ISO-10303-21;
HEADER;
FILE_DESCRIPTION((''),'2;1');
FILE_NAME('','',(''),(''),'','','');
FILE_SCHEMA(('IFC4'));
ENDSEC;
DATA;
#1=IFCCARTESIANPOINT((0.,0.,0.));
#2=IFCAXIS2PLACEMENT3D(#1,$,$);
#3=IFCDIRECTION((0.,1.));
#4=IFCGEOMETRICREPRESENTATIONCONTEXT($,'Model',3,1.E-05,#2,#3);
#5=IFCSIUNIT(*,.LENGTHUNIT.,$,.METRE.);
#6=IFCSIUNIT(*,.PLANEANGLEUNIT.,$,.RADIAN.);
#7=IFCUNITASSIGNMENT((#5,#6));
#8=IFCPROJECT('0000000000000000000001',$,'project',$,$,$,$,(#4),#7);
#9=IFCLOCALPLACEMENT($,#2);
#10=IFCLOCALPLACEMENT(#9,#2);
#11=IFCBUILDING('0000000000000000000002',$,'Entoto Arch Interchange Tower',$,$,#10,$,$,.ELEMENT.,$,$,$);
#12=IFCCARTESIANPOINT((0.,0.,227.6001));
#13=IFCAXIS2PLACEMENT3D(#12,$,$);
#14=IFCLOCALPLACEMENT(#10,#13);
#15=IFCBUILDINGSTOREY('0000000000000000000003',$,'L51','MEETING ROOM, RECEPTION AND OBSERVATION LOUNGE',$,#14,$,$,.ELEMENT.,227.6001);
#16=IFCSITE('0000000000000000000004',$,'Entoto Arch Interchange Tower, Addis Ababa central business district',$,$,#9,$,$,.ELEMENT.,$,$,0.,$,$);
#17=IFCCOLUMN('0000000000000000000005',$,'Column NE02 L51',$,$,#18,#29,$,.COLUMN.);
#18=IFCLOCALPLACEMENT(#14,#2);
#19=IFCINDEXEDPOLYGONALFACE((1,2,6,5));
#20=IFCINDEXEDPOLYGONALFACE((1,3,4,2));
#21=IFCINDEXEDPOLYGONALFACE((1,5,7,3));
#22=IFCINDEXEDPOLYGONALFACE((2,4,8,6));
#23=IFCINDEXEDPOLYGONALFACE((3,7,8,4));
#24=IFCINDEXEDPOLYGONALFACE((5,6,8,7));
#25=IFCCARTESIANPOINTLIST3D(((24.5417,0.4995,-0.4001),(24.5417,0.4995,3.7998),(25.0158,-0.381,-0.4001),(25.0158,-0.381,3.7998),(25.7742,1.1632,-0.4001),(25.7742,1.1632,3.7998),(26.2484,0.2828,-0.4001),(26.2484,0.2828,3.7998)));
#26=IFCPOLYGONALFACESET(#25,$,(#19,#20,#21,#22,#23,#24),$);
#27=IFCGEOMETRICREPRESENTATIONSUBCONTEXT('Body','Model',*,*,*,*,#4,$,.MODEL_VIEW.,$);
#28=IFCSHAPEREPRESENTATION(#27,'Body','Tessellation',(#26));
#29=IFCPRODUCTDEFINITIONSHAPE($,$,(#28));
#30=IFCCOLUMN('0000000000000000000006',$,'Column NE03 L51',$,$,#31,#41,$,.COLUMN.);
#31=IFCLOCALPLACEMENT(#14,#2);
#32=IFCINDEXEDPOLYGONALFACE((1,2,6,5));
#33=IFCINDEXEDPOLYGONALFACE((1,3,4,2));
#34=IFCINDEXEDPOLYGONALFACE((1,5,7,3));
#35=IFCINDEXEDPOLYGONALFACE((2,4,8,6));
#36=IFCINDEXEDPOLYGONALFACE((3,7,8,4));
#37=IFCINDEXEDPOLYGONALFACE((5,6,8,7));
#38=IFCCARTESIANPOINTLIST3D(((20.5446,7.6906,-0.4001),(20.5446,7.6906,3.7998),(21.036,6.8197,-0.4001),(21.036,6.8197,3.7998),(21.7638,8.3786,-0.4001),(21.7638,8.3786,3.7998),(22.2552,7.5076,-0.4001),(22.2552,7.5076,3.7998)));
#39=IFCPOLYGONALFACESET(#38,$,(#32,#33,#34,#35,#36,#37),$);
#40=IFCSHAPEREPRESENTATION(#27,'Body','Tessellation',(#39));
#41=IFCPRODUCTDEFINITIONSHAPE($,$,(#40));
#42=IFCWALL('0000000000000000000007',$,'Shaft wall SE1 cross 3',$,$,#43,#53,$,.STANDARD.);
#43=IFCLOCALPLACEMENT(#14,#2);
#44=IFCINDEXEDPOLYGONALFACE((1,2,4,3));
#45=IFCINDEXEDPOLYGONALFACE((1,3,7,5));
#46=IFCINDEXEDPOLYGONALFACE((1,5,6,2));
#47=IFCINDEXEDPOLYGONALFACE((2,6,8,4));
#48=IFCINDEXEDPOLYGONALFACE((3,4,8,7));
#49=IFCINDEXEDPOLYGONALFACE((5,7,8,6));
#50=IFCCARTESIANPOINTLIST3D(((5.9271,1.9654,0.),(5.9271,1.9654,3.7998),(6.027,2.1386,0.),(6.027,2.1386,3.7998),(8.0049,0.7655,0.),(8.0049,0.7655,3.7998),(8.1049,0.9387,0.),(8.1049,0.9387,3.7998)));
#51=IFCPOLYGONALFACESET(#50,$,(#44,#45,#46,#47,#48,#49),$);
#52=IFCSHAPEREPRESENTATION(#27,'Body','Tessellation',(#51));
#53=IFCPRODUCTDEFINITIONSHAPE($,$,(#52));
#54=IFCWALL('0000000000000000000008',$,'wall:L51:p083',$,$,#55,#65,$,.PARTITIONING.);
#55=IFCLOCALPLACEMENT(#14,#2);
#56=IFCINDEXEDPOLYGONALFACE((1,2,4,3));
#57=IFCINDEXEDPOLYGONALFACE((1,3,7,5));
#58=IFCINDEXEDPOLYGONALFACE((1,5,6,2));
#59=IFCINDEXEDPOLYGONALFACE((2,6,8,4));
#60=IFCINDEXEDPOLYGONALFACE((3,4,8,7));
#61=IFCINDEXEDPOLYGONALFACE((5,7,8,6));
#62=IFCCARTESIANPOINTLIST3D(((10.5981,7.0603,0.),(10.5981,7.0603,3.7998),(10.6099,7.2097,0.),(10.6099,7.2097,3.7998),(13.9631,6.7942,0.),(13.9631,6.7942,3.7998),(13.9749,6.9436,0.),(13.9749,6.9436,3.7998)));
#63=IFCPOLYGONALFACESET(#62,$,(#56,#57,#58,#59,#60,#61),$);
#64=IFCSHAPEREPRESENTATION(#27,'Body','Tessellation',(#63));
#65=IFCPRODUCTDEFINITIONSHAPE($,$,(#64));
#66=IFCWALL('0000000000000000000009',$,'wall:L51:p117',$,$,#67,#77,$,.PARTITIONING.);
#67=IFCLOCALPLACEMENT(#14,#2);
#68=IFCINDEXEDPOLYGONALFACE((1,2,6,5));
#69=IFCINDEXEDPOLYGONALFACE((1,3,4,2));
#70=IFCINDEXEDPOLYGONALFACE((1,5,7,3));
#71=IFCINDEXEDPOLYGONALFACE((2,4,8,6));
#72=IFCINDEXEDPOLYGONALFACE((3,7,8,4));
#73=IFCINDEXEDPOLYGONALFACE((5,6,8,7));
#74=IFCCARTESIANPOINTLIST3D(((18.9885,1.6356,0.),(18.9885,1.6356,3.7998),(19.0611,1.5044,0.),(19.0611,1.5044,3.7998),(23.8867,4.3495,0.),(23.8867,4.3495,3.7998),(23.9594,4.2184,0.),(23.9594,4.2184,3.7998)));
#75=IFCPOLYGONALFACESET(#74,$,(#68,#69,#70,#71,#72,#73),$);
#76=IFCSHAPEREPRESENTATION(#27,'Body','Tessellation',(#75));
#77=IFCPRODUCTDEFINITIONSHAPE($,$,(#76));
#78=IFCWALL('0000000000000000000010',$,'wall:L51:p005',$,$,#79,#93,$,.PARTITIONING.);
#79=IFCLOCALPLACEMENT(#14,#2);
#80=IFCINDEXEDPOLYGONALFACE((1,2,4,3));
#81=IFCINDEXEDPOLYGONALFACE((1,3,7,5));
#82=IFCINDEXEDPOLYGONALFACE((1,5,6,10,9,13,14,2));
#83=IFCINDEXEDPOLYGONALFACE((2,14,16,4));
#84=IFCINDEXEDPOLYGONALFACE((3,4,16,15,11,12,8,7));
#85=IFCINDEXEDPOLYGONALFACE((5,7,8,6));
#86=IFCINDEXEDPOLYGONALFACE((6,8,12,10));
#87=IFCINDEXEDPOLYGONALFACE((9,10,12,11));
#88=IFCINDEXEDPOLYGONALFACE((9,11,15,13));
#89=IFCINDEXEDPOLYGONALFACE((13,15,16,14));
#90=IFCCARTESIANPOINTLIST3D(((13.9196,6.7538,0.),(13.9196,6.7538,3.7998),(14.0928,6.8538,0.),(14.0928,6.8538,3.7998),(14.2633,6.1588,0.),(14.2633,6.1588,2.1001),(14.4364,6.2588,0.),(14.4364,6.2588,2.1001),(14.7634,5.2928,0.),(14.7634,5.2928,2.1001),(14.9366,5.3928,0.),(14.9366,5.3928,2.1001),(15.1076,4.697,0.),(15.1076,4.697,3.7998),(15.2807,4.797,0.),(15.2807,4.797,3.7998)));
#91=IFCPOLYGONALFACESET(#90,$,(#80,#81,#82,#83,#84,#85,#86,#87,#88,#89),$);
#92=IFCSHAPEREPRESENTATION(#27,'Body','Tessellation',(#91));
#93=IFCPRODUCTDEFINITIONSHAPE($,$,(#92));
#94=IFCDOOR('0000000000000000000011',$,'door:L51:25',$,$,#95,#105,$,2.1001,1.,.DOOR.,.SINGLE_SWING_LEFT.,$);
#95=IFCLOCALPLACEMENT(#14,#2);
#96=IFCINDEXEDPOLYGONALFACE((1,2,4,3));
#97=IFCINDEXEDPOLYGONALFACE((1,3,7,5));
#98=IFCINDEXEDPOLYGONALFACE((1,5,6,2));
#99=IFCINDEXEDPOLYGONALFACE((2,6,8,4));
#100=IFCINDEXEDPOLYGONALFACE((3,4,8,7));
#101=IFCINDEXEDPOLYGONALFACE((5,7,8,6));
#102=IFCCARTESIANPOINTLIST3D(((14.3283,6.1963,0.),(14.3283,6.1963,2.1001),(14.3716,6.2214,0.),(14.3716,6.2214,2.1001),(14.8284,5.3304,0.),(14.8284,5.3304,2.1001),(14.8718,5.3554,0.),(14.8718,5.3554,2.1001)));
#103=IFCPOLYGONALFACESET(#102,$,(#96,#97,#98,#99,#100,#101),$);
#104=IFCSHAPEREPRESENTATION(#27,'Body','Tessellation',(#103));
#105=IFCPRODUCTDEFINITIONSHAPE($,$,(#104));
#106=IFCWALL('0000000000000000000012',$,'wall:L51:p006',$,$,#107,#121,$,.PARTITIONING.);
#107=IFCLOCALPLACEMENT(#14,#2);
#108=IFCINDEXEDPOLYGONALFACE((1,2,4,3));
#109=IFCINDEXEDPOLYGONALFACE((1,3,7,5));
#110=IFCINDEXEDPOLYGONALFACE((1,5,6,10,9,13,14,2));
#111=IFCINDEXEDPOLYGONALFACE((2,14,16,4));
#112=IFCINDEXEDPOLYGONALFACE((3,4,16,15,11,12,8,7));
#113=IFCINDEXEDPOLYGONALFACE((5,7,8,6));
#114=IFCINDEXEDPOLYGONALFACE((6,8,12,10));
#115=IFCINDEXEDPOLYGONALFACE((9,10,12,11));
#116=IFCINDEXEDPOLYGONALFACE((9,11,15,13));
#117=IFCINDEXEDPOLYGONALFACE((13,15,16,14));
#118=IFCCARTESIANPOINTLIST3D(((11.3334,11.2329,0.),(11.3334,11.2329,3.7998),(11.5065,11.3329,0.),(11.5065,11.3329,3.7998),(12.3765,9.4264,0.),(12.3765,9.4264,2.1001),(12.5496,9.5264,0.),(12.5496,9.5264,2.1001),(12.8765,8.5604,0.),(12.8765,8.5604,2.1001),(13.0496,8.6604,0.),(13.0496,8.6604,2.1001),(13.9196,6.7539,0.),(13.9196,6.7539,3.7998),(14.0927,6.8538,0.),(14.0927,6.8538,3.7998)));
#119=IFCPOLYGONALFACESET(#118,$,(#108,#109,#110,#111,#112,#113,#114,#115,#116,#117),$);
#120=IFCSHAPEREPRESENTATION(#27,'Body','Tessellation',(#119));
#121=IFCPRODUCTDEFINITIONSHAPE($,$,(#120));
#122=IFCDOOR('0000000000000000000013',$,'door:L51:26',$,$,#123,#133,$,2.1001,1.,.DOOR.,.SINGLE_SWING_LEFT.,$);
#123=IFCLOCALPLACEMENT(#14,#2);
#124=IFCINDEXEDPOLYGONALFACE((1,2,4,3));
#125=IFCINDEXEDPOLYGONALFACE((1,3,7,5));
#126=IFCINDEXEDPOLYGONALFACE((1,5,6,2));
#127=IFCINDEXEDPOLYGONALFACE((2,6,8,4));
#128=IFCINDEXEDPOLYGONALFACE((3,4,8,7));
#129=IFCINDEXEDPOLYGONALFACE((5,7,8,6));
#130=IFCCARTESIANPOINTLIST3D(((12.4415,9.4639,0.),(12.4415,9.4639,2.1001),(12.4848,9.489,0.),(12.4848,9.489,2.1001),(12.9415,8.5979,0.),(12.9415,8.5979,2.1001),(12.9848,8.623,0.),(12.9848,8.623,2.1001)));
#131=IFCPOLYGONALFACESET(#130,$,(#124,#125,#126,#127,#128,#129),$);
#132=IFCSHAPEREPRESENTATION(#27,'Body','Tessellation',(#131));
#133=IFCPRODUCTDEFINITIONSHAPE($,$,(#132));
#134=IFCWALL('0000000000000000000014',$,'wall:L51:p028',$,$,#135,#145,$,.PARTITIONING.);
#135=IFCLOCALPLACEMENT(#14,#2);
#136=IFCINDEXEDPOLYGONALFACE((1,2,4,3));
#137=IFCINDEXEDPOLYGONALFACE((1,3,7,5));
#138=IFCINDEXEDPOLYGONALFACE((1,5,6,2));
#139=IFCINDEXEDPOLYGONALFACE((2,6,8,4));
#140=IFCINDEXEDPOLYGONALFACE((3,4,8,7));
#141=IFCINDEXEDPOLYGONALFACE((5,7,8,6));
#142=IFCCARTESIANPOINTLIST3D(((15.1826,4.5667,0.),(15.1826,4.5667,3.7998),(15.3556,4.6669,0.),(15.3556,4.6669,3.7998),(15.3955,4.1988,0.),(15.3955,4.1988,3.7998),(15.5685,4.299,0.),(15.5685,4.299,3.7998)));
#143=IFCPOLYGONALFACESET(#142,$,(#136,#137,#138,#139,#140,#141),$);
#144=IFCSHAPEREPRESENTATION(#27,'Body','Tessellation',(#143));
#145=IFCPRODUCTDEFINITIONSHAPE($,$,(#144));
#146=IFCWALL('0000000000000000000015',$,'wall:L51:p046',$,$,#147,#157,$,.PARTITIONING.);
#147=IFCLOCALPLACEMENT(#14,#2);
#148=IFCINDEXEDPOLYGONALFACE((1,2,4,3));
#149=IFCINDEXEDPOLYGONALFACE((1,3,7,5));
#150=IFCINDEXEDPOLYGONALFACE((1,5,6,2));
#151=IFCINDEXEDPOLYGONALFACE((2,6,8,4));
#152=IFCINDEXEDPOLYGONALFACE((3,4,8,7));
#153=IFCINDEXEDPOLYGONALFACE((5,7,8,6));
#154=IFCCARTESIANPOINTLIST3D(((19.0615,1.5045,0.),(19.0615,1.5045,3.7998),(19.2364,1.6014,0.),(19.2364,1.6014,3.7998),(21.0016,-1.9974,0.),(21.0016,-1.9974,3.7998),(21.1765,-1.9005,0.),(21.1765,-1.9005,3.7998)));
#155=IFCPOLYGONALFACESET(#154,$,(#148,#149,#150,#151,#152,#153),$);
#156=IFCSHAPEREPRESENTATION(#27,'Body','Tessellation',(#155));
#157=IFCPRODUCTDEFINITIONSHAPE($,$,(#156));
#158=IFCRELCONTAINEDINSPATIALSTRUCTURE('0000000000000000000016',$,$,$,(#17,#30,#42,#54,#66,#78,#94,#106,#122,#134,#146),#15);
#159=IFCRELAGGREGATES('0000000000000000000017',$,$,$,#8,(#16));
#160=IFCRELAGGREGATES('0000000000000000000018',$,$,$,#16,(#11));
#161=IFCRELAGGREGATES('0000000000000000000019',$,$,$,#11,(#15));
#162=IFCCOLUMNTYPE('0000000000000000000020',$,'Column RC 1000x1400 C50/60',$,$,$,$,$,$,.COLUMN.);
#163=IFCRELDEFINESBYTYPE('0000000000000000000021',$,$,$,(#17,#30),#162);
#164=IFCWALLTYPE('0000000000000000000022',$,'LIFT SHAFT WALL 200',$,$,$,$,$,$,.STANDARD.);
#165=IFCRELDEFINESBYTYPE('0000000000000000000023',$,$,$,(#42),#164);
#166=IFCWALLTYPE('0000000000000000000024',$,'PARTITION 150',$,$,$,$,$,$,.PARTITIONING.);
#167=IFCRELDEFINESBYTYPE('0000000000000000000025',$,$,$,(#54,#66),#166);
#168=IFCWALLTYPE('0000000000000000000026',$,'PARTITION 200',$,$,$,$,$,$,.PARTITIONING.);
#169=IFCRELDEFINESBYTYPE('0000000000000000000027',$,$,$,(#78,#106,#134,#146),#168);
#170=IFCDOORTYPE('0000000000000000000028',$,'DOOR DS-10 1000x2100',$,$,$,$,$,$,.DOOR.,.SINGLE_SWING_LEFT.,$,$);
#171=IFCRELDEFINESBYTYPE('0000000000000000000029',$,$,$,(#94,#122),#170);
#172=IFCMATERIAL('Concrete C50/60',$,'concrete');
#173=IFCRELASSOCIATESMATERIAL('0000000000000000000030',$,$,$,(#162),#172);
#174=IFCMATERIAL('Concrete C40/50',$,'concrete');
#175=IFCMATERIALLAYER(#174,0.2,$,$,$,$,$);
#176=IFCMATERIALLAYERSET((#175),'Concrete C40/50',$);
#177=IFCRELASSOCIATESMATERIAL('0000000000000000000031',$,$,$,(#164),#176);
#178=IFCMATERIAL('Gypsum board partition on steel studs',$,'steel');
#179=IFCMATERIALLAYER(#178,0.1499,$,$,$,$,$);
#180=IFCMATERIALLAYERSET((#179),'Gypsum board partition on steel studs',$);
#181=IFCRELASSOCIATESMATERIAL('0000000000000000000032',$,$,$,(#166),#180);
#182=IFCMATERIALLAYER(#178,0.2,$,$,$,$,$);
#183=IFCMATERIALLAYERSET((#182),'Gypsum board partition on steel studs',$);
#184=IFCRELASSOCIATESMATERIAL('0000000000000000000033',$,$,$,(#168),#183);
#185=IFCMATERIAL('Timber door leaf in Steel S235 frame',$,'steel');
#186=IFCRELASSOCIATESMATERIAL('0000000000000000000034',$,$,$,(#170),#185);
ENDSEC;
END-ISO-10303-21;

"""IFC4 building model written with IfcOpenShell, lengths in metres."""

from ifc_helpers import new_model, si_unit, direction, frame, frame_2d, origin, origin_2d, place, context, subcontext, project, spatial, rectangle, extrude, material, layer, layer_set, material_profile, profile_set, type_object, element, fill, save


model = new_model("IFC4")

# Units and contexts
model_context = context("Model", 3, precision=1e-05, world=origin(), true_north=direction((0.0, 1.0)))
body_context = subcontext(model_context, "Body", "Model", "MODEL_VIEW")
ifc_project = project(units=[si_unit("LENGTHUNIT", "METRE"), si_unit("PLANEANGLEUNIT", "RADIAN")], contexts=[model_context])

# Site, building, storey
site_placement = place(None, origin())
site = spatial("IfcSite", under=ifc_project, at=site_placement, Name="Entoto Arch Interchange Tower, Addis Ababa central business district", CompositionType="ELEMENT", RefElevation=0.0)
building_placement = place(site_placement, origin())
building = spatial("IfcBuilding", under=site, at=building_placement, Name="Entoto Arch Interchange Tower", CompositionType="ELEMENT")
storey_placement = place(building_placement, frame((0.0, 0.0, 227.6001)))
storey = spatial("IfcBuildingStorey", under=building, at=storey_placement, Name="L51", Description="MEETING ROOM, RECEPTION AND OBSERVATION LOUNGE", CompositionType="ELEMENT", Elevation=227.6001)

# Columns
ifc_material_1 = material(Name="Concrete C50/60", Category="concrete")
ifc_material_profile = material_profile(ifc_material_1, rectangle(XDim=1.0, YDim=1.3999, at=origin_2d()))
ifc_profile_set = profile_set([ifc_material_profile], Name="Concrete C50/60")
column_type = type_object("IfcColumnType", Name="Column RC 1000x1400 C50/60", PredefinedType="COLUMN", material=ifc_profile_set)
for number, where, z_axis, x_axis, name in (
    (1, (25.395, 0.3911, -0.4001), (0.0, 0.0, 1.0), (-0.474134, 0.880453, 0.0), "Column NE02 L51"),
    (2, (21.3999, 7.5991, -0.4001), (0.0, 0.0, 1.0), (-0.491436, 0.870914, 0.0), "Column NE03 L51"),
):
    element("IfcColumn", number, at=place(storey_placement, frame(where, z_axis=z_axis, x_axis=x_axis)), inside=storey, type_object=column_type, Name=name, PredefinedType="COLUMN", context=body_context, shape_type="SweptSolid", body=[
        extrude(rectangle(XDim=1.0, YDim=1.3999, at=origin_2d()), origin(), (0.0, 0.0, 1.0), 4.2),
    ])

# Walls
ifc_material_2 = material(Name="Concrete C40/50", Category="concrete")
ifc_layer_1 = layer(ifc_material_2, 0.2)
ifc_layer_set_1 = layer_set([ifc_layer_1], Name="Concrete C40/50")
wall_type_1 = type_object("IfcWallType", Name="LIFT SHAFT WALL 200", PredefinedType="STANDARD", material=ifc_layer_set_1)
wall_1_placement = place(storey_placement, frame((5.9771, 2.052, 0.0), z_axis=(0.0, 0.0, 1.0), x_axis=(0.865974, -0.500089, 0.0)))
element("IfcWall", 3, at=wall_1_placement, inside=storey, type_object=wall_type_1, Name="Shaft wall SE1 cross 3", PredefinedType="STANDARD", context=body_context, shape_type="SweptSolid", body=[
    extrude(rectangle(XDim=2.3994, YDim=0.2, at=frame_2d((1.1997, 0.0))), origin(), (0.0, 0.0, 1.0), 3.7998),
])
ifc_material_3 = material(Name="Gypsum board partition on steel studs", Category="steel")
ifc_layer_2 = layer(ifc_material_3, 0.1499)
ifc_layer_set_2 = layer_set([ifc_layer_2], Name="Gypsum board partition on steel studs")
wall_type_2 = type_object("IfcWallType", Name="PARTITION 150", PredefinedType="PARTITIONING", material=ifc_layer_set_2)
wall_2_placement = place(storey_placement, frame((10.604, 7.135, 0.0), z_axis=(0.0, 0.0, 1.0), x_axis=(0.996888, -0.078837, 0.0)))
element("IfcWall", 4, at=wall_2_placement, inside=storey, type_object=wall_type_2, Name="wall:L51:p083", PredefinedType="PARTITIONING", context=body_context, shape_type="SweptSolid", body=[
    extrude(rectangle(XDim=3.3755, YDim=0.1499, at=frame_2d((1.6877, 0.0))), origin(), (0.0, 0.0, 1.0), 3.7998),
])
wall_3_placement = place(storey_placement, frame((19.0249, 1.5701, 0.0), z_axis=(0.0, 0.0, 1.0), x_axis=(0.874714, 0.484639, 0.0)))
element("IfcWall", 5, at=wall_3_placement, inside=storey, type_object=wall_type_2, Name="wall:L51:p117", PredefinedType="PARTITIONING", context=body_context, shape_type="SweptSolid", body=[
    extrude(rectangle(XDim=5.5999, YDim=0.1499, at=frame_2d((2.7998, 0.0))), origin(), (0.0, 0.0, 1.0), 3.7998),
])

# Walls, openings, doors
ifc_layer_3 = layer(ifc_material_3, 0.2)
ifc_layer_set_3 = layer_set([ifc_layer_3], Name="Gypsum board partition on steel studs")
wall_type_3 = type_object("IfcWallType", Name="PARTITION 200", PredefinedType="PARTITIONING", material=ifc_layer_set_3)
wall_4_placement = place(storey_placement, frame((15.1941, 4.7471, 0.0), z_axis=(0.0, 0.0, 1.0), x_axis=(-0.500141, 0.865944, 0.0)))
wall_4 = element("IfcWall", 6, at=wall_4_placement, inside=storey, type_object=wall_type_3, Name="wall:L51:p005", PredefinedType="PARTITIONING", context=body_context, shape_type="SweptSolid", body=[
    extrude(rectangle(XDim=2.3752, YDim=0.2, at=frame_2d((1.1875, 0.0))), origin(), (0.0, 0.0, 1.0), 3.7998),
])
opening_1_placement = place(wall_4_placement, frame((0.688, 0.0, 0.0)))
opening_1 = element("IfcOpeningElement", 7, at=opening_1_placement, cuts=wall_4, PredefinedType="OPENING", context=body_context, shape_type="SweptSolid", body=[
    extrude(rectangle(XDim=1.0, YDim=2.1001, at=frame_2d((0.5, 1.05))), frame((0.0, 0.1099, 0.0), z_axis=(0.0, -1.0, 0.0), x_axis=(1.0, 0.0, 0.0)), (0.0, 0.0, 1.0), 0.22),
])
ifc_material_4 = material(Name="Timber door leaf in Steel S235 frame", Category="steel")
door_type_1 = type_object("IfcDoorType", Name="DOOR DS-10 1000x2100", OperationType="SINGLE_SWING_LEFT", PredefinedType="DOOR", material=ifc_material_4)
door_1_placement = place(opening_1_placement, origin())
door_1 = element("IfcDoor", 8, at=door_1_placement, inside=storey, type_object=door_type_1, Name="door:L51:25", OperationType="SINGLE_SWING_LEFT", OverallHeight=2.1001, OverallWidth=1.0, PredefinedType="DOOR", context=body_context, shape_type="SweptSolid", body=[
    extrude(rectangle(XDim=1.0, YDim=2.1001, at=frame_2d((0.5, 1.05))), frame((0.0, 0.0249, 0.0), z_axis=(0.0, -1.0, 0.0), x_axis=(1.0, 0.0, 0.0)), (0.0, 0.0, 1.0), 0.05),
])
fill(opening_1, door_1)
wall_5_placement = place(storey_placement, frame((14.0061, 6.804, 0.0), z_axis=(0.0, 0.0, 1.0), x_axis=(-0.500033, 0.866006, 0.0)))
wall_5 = element("IfcWall", 9, at=wall_5_placement, inside=storey, type_object=wall_type_3, Name="wall:L51:p006", PredefinedType="PARTITIONING", context=body_context, shape_type="SweptSolid", body=[
    extrude(rectangle(XDim=5.1721, YDim=0.2, at=frame_2d((2.5859, 0.0))), origin(), (0.0, 0.0, 1.0), 3.7998),
])
opening_2_placement = place(wall_5_placement, frame((2.0859, 0.0, 0.0)))
opening_2 = element("IfcOpeningElement", 10, at=opening_2_placement, cuts=wall_5, PredefinedType="OPENING", context=body_context, shape_type="SweptSolid", body=[
    extrude(rectangle(XDim=1.0, YDim=2.1001, at=frame_2d((0.5, 1.05))), frame((0.0, 0.1099, 0.0), z_axis=(0.0, -1.0, 0.0), x_axis=(1.0, 0.0, 0.0)), (0.0, 0.0, 1.0), 0.22),
])
door_2_placement = place(opening_2_placement, origin())
door_2 = element("IfcDoor", 11, at=door_2_placement, inside=storey, type_object=door_type_1, Name="door:L51:26", OperationType="SINGLE_SWING_LEFT", OverallHeight=2.1001, OverallWidth=1.0, PredefinedType="DOOR", context=body_context, shape_type="SweptSolid", body=[
    extrude(rectangle(XDim=1.0, YDim=2.1001, at=frame_2d((0.5, 1.05))), frame((0.0, 0.0249, 0.0), z_axis=(0.0, -1.0, 0.0), x_axis=(1.0, 0.0, 0.0)), (0.0, 0.0, 1.0), 0.05),
])
fill(opening_2, door_2)

# Walls
wall_6_placement = place(storey_placement, frame((15.4819, 4.249, 0.0), z_axis=(0.0, 0.0, 1.0), x_axis=(-0.500832, 0.865544, 0.0)))
element("IfcWall", 12, at=wall_6_placement, inside=storey, type_object=wall_type_3, Name="wall:L51:p028", PredefinedType="PARTITIONING", context=body_context, shape_type="SweptSolid", body=[
    extrude(rectangle(XDim=0.425, YDim=0.2, at=frame_2d((0.2124, 0.0))), origin(), (0.0, 0.0, 1.0), 3.7998),
])
wall_7_placement = place(storey_placement, frame((19.1489, 1.553, 0.0), z_axis=(0.0, 0.0, 1.0), x_axis=(0.484623, -0.874723, 0.0)))
element("IfcWall", 13, at=wall_7_placement, inside=storey, type_object=wall_type_3, Name="wall:L51:p046", PredefinedType="PARTITIONING", context=body_context, shape_type="SweptSolid", body=[
    extrude(rectangle(XDim=4.0034, YDim=0.2, at=frame_2d((2.0017, 0.0))), origin(), (0.0, 0.0, 1.0), 3.7998),
])

save(model, "model.ifc")
